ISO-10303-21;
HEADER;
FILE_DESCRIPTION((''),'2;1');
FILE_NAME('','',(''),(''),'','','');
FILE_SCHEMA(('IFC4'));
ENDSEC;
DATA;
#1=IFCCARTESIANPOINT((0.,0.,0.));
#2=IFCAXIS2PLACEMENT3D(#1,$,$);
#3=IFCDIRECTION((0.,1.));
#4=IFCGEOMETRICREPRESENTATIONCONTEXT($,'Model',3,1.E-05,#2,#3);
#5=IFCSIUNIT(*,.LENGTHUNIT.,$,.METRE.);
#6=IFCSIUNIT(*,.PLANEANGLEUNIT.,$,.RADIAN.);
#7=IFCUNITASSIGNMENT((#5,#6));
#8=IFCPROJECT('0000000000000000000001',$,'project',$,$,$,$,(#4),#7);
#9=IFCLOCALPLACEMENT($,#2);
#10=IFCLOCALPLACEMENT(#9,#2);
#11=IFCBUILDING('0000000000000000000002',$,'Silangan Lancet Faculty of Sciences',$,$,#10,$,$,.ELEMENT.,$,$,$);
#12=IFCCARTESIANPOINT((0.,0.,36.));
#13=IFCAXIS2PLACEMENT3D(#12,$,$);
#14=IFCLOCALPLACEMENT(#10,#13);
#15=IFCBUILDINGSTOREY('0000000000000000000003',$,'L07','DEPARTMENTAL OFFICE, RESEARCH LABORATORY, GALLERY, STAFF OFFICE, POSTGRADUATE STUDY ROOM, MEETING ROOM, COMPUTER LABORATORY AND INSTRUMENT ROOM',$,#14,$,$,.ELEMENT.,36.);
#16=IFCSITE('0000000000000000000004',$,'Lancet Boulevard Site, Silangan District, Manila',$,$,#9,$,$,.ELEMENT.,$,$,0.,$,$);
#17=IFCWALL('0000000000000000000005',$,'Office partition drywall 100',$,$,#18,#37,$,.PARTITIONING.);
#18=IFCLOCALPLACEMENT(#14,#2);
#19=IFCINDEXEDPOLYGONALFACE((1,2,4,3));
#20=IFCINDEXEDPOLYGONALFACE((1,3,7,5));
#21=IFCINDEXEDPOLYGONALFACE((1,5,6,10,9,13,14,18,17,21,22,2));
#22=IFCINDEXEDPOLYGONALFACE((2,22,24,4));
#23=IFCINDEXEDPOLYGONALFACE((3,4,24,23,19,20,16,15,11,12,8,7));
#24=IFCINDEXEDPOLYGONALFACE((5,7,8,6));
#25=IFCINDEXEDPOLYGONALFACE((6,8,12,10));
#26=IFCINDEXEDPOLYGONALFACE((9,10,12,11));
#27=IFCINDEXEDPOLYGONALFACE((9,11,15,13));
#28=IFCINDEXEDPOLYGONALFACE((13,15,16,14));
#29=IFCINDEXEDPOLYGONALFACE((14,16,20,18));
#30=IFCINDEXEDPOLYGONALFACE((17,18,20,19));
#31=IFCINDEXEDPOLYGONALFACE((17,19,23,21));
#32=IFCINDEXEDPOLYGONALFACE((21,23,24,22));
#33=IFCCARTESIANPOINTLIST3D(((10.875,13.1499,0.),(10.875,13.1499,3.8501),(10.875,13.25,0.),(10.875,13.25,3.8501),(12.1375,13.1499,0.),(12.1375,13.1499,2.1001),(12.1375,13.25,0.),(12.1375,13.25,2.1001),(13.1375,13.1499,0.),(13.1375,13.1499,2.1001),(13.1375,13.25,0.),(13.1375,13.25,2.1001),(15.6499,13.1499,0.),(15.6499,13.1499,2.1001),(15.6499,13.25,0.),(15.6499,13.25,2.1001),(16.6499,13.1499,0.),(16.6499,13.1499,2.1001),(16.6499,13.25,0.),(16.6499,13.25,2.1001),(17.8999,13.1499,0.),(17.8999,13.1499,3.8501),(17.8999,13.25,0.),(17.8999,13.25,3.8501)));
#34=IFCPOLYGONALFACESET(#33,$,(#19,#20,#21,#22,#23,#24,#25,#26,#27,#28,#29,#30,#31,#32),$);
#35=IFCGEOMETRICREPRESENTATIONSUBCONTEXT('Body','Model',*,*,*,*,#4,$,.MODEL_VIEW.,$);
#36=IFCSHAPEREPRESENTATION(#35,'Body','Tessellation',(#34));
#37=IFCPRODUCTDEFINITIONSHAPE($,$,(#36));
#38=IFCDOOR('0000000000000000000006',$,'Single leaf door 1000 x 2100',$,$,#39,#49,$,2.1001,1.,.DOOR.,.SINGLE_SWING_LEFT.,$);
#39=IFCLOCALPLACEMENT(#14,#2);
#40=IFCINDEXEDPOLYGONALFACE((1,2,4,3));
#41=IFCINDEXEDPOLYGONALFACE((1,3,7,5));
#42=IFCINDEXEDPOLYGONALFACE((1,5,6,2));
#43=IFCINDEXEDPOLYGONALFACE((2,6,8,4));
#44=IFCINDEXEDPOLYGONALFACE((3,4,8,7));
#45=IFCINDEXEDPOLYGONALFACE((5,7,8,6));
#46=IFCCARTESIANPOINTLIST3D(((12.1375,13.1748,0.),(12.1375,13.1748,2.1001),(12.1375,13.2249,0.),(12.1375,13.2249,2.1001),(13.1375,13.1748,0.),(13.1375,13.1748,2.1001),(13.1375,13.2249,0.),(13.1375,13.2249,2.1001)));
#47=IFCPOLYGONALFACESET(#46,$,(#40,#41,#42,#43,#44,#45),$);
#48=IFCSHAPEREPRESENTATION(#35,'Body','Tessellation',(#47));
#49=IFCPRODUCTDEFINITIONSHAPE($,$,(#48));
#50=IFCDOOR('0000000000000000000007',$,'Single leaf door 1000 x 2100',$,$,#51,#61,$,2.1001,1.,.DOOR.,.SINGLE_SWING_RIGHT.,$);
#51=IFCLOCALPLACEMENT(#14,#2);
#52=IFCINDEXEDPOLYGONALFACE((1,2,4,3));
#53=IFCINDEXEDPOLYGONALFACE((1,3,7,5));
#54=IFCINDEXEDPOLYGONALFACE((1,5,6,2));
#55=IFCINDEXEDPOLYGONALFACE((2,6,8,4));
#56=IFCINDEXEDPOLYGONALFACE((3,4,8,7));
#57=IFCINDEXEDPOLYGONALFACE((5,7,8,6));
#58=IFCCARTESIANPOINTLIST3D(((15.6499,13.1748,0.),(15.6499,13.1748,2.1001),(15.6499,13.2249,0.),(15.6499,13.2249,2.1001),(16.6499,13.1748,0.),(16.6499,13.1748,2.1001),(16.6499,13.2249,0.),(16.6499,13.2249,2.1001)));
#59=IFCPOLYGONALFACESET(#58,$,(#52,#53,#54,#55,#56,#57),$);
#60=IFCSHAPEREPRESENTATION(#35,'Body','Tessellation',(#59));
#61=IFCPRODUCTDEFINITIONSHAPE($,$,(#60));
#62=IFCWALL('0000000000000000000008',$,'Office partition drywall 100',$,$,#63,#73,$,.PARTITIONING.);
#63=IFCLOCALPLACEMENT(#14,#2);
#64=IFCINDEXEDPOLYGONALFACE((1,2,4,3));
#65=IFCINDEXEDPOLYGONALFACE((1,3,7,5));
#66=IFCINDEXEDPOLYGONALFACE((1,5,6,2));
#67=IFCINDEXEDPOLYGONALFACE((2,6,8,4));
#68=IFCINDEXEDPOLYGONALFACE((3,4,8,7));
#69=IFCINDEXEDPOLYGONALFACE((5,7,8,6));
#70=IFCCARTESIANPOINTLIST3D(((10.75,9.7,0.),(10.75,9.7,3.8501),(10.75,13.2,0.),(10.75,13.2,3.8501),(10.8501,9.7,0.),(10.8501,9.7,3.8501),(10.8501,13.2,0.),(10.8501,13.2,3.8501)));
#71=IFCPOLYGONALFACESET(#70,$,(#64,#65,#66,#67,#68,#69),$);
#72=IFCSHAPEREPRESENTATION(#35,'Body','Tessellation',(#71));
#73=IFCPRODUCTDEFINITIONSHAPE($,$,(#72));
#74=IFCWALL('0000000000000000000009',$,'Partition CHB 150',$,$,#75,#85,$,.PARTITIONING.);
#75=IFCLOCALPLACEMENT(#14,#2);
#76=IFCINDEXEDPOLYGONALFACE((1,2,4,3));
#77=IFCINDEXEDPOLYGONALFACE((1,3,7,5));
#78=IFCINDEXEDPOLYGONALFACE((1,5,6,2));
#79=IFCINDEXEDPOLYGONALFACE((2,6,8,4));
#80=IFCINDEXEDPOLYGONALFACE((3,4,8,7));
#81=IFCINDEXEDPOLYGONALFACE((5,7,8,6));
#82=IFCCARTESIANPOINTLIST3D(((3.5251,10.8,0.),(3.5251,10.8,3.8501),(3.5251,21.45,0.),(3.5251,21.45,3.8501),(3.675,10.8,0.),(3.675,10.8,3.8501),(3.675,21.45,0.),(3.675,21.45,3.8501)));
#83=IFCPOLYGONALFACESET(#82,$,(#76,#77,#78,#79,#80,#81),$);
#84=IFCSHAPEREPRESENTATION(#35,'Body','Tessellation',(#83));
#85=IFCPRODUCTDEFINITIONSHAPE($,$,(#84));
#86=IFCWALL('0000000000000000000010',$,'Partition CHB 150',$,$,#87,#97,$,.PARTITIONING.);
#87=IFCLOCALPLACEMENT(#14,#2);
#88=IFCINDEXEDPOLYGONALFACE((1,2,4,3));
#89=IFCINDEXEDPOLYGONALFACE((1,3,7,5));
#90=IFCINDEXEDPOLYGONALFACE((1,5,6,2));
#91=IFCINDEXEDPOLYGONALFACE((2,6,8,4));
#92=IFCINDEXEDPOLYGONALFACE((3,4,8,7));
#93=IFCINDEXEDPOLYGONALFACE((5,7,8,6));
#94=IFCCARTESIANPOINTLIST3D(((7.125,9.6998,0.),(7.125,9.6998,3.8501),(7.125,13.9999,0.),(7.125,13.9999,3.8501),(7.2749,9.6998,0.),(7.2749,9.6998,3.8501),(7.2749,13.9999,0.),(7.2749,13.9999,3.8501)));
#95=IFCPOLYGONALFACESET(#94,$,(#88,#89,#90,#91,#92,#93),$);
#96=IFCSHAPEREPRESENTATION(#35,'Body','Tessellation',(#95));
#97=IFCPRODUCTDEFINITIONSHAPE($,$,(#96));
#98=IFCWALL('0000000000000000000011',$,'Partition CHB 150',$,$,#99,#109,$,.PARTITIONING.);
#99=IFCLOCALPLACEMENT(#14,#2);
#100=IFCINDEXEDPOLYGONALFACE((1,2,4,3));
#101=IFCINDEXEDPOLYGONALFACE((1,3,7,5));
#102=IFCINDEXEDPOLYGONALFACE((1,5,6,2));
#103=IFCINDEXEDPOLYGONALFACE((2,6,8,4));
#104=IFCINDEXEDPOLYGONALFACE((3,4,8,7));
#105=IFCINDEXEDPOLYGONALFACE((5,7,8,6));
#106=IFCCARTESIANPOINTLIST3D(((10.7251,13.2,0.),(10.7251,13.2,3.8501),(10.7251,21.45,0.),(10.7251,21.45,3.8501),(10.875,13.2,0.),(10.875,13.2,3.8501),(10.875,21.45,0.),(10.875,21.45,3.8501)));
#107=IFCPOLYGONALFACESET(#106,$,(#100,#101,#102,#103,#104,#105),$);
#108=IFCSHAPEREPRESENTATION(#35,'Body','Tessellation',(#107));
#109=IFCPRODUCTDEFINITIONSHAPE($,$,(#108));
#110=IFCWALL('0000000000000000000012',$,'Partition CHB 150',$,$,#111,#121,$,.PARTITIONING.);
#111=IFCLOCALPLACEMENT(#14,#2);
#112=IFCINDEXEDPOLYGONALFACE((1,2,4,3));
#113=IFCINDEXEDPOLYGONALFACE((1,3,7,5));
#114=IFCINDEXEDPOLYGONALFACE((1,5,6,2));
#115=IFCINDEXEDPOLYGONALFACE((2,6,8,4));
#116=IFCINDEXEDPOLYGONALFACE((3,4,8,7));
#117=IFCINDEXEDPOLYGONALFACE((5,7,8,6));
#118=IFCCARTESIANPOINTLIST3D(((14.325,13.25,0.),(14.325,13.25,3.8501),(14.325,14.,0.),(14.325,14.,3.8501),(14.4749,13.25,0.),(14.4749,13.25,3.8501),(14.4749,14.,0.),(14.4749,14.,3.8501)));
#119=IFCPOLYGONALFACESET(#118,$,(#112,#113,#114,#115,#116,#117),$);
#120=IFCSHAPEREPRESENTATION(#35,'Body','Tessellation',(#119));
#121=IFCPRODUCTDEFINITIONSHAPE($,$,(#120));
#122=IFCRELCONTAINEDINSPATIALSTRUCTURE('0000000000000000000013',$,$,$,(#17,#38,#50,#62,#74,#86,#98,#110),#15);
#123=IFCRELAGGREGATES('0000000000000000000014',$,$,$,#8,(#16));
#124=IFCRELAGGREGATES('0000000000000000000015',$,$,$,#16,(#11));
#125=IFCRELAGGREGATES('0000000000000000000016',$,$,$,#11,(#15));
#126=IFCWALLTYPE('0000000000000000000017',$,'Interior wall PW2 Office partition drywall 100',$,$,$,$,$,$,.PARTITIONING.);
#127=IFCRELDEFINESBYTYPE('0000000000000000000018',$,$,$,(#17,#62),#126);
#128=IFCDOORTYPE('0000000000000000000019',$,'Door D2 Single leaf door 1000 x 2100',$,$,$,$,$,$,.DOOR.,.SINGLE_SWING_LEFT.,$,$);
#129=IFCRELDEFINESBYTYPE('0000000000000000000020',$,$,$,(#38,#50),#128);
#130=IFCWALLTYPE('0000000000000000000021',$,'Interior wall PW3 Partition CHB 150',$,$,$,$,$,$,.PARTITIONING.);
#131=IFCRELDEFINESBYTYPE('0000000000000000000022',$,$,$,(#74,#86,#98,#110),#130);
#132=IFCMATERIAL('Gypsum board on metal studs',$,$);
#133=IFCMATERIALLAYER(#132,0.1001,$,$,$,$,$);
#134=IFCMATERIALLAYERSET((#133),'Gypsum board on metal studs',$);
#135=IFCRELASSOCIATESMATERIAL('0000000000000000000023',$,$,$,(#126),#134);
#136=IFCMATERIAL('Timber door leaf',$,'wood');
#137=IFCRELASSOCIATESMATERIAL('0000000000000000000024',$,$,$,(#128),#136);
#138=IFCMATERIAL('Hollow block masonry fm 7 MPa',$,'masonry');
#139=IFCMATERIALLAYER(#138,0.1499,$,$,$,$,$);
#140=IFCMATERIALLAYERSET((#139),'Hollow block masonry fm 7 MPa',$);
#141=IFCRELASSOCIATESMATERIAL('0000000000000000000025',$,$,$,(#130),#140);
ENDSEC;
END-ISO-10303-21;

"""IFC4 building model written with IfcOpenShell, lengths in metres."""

from ifc_helpers import new_model, si_unit, direction, frame, frame_2d, origin, place, context, subcontext, project, spatial, rectangle, extrude, material, layer, layer_set, type_object, element, fill, save


model = new_model("IFC4")

# Units and contexts
model_context = context("Model", 3, precision=1e-05, world=origin(), true_north=direction((0.0, 1.0)))
body_context = subcontext(model_context, "Body", "Model", "MODEL_VIEW")
ifc_project = project(units=[si_unit("LENGTHUNIT", "METRE"), si_unit("PLANEANGLEUNIT", "RADIAN")], contexts=[model_context])

# Site, building, storey
site_placement = place(None, origin())
site = spatial("IfcSite", under=ifc_project, at=site_placement, Name="Lancet Boulevard Site, Silangan District, Manila", CompositionType="ELEMENT", RefElevation=0.0)
building_placement = place(site_placement, origin())
building = spatial("IfcBuilding", under=site, at=building_placement, Name="Silangan Lancet Faculty of Sciences", CompositionType="ELEMENT")
storey_placement = place(building_placement, frame((0.0, 0.0, 36.0)))
storey = spatial("IfcBuildingStorey", under=building, at=storey_placement, Name="L07", Description="DEPARTMENTAL OFFICE, RESEARCH LABORATORY, GALLERY, STAFF OFFICE, POSTGRADUATE STUDY ROOM, MEETING ROOM, COMPUTER LABORATORY AND INSTRUMENT ROOM", CompositionType="ELEMENT", Elevation=36.0)

# Wall, openings, doors
ifc_material_1 = material(Name="Gypsum board on metal studs")
ifc_layer_1 = layer(ifc_material_1, 0.1001)
ifc_layer_set_1 = layer_set([ifc_layer_1], Name="Gypsum board on metal studs")
wall_type_1 = type_object("IfcWallType", Name="Interior wall PW2 Office partition drywall 100", PredefinedType="PARTITIONING", material=ifc_layer_set_1)
wall_1_placement = place(storey_placement, frame((10.875, 13.2, 0.0), z_axis=(0.0, 0.0, 1.0), x_axis=(1.0, 0.0, 0.0)))
wall_1 = element("IfcWall", 1, at=wall_1_placement, inside=storey, type_object=wall_type_1, Name="Office partition drywall 100", PredefinedType="PARTITIONING", context=body_context, shape_type="SweptSolid", body=[
    extrude(rectangle(XDim=7.0249, YDim=0.1001, at=frame_2d((3.5125, 0.0))), origin(), (0.0, 0.0, 1.0), 3.8501),
])
opening_1_placement = place(wall_1_placement, frame((1.2625, 0.0, 0.0)))
opening_1 = element("IfcOpeningElement", 2, at=opening_1_placement, cuts=wall_1, PredefinedType="OPENING", context=body_context, shape_type="SweptSolid", body=[
    extrude(rectangle(XDim=1.0, YDim=2.1001, at=frame_2d((0.5, 1.05))), frame((0.0, 0.0601, 0.0), z_axis=(0.0, -1.0, 0.0), x_axis=(1.0, 0.0, 0.0)), (0.0, 0.0, 1.0), 0.1201),
])
opening_2_placement = place(wall_1_placement, frame((4.7749, 0.0, 0.0)))
opening_2 = element("IfcOpeningElement", 3, at=opening_2_placement, cuts=wall_1, PredefinedType="OPENING", context=body_context, shape_type="SweptSolid", body=[
    extrude(rectangle(XDim=1.0, YDim=2.1001, at=frame_2d((0.5, 1.05))), frame((0.0, 0.0601, 0.0), z_axis=(0.0, -1.0, 0.0), x_axis=(1.0, 0.0, 0.0)), (0.0, 0.0, 1.0), 0.1201),
])
ifc_material_2 = material(Name="Timber door leaf", Category="wood")
door_type_1 = type_object("IfcDoorType", Name="Door D2 Single leaf door 1000 x 2100", OperationType="SINGLE_SWING_LEFT", PredefinedType="DOOR", material=ifc_material_2)
door_1_placement = place(opening_1_placement, origin())
door_1 = element("IfcDoor", 4, at=door_1_placement, inside=storey, type_object=door_type_1, Name="Single leaf door 1000 x 2100", OperationType="SINGLE_SWING_LEFT", OverallHeight=2.1001, OverallWidth=1.0, PredefinedType="DOOR", context=body_context, shape_type="SweptSolid", body=[
    extrude(rectangle(XDim=1.0, YDim=2.1001, at=frame_2d((0.5, 1.05))), frame((0.0, 0.0249, 0.0), z_axis=(0.0, -1.0, 0.0), x_axis=(1.0, 0.0, 0.0)), (0.0, 0.0, 1.0), 0.05),
])
fill(opening_1, door_1)
door_2_placement = place(opening_2_placement, origin())
door_2 = element("IfcDoor", 5, at=door_2_placement, inside=storey, type_object=door_type_1, Name="Single leaf door 1000 x 2100", OperationType="SINGLE_SWING_RIGHT", OverallHeight=2.1001, OverallWidth=1.0, PredefinedType="DOOR", context=body_context, shape_type="SweptSolid", body=[
    extrude(rectangle(XDim=1.0, YDim=2.1001, at=frame_2d((0.5, 1.05))), frame((0.0, 0.0249, 0.0), z_axis=(0.0, -1.0, 0.0), x_axis=(1.0, 0.0, 0.0)), (0.0, 0.0, 1.0), 0.05),
])
fill(opening_2, door_2)

# Walls
wall_2_placement = place(storey_placement, frame((10.8, 9.7, 0.0), z_axis=(0.0, 0.0, 1.0), x_axis=(0.0, 1.0, 0.0)))
element("IfcWall", 6, at=wall_2_placement, inside=storey, type_object=wall_type_1, Name="Office partition drywall 100", PredefinedType="PARTITIONING", context=body_context, shape_type="SweptSolid", body=[
    extrude(rectangle(XDim=3.5, YDim=0.1001, at=frame_2d((1.75, 0.0))), origin(), (0.0, 0.0, 1.0), 3.8501),
])
ifc_material_3 = material(Name="Hollow block masonry fm 7 MPa", Category="masonry")
ifc_layer_2 = layer(ifc_material_3, 0.1499)
ifc_layer_set_2 = layer_set([ifc_layer_2], Name="Hollow block masonry fm 7 MPa")
wall_type_2 = type_object("IfcWallType", Name="Interior wall PW3 Partition CHB 150", PredefinedType="PARTITIONING", material=ifc_layer_set_2)
wall_3_placement = place(storey_placement, frame((3.6001, 10.8, 0.0), z_axis=(0.0, 0.0, 1.0), x_axis=(0.0, 1.0, 0.0)))
element("IfcWall", 7, at=wall_3_placement, inside=storey, type_object=wall_type_2, Name="Partition CHB 150", PredefinedType="PARTITIONING", context=body_context, shape_type="SweptSolid", body=[
    extrude(rectangle(XDim=10.6499, YDim=0.1499, at=frame_2d((5.325, 0.0))), origin(), (0.0, 0.0, 1.0), 3.8501),
])
wall_4_placement = place(storey_placement, frame((7.2, 9.7, 0.0), z_axis=(0.0, 0.0, 1.0), x_axis=(0.0, 1.0, 0.0)))
element("IfcWall", 8, at=wall_4_placement, inside=storey, type_object=wall_type_2, Name="Partition CHB 150", PredefinedType="PARTITIONING", context=body_context, shape_type="SweptSolid", body=[
    extrude(rectangle(XDim=4.3, YDim=0.1499, at=frame_2d((2.1499, 0.0))), origin(), (0.0, 0.0, 1.0), 3.8501),
])
wall_5_placement = place(storey_placement, frame((10.8, 13.2, 0.0), z_axis=(0.0, 0.0, 1.0), x_axis=(0.0, 1.0, 0.0)))
element("IfcWall", 9, at=wall_5_placement, inside=storey, type_object=wall_type_2, Name="Partition CHB 150", PredefinedType="PARTITIONING", context=body_context, shape_type="SweptSolid", body=[
    extrude(rectangle(XDim=8.25, YDim=0.1499, at=frame_2d((4.125, 0.0))), origin(), (0.0, 0.0, 1.0), 3.8501),
])
wall_6_placement = place(storey_placement, frame((14.3999, 13.25, 0.0), z_axis=(0.0, 0.0, 1.0), x_axis=(0.0, 1.0, 0.0)))
element("IfcWall", 10, at=wall_6_placement, inside=storey, type_object=wall_type_2, Name="Partition CHB 150", PredefinedType="PARTITIONING", context=body_context, shape_type="SweptSolid", body=[
    extrude(rectangle(XDim=0.75, YDim=0.1499, at=frame_2d((0.375, 0.0))), origin(), (0.0, 0.0, 1.0), 3.8501),
])

save(model, "model.ifc")
